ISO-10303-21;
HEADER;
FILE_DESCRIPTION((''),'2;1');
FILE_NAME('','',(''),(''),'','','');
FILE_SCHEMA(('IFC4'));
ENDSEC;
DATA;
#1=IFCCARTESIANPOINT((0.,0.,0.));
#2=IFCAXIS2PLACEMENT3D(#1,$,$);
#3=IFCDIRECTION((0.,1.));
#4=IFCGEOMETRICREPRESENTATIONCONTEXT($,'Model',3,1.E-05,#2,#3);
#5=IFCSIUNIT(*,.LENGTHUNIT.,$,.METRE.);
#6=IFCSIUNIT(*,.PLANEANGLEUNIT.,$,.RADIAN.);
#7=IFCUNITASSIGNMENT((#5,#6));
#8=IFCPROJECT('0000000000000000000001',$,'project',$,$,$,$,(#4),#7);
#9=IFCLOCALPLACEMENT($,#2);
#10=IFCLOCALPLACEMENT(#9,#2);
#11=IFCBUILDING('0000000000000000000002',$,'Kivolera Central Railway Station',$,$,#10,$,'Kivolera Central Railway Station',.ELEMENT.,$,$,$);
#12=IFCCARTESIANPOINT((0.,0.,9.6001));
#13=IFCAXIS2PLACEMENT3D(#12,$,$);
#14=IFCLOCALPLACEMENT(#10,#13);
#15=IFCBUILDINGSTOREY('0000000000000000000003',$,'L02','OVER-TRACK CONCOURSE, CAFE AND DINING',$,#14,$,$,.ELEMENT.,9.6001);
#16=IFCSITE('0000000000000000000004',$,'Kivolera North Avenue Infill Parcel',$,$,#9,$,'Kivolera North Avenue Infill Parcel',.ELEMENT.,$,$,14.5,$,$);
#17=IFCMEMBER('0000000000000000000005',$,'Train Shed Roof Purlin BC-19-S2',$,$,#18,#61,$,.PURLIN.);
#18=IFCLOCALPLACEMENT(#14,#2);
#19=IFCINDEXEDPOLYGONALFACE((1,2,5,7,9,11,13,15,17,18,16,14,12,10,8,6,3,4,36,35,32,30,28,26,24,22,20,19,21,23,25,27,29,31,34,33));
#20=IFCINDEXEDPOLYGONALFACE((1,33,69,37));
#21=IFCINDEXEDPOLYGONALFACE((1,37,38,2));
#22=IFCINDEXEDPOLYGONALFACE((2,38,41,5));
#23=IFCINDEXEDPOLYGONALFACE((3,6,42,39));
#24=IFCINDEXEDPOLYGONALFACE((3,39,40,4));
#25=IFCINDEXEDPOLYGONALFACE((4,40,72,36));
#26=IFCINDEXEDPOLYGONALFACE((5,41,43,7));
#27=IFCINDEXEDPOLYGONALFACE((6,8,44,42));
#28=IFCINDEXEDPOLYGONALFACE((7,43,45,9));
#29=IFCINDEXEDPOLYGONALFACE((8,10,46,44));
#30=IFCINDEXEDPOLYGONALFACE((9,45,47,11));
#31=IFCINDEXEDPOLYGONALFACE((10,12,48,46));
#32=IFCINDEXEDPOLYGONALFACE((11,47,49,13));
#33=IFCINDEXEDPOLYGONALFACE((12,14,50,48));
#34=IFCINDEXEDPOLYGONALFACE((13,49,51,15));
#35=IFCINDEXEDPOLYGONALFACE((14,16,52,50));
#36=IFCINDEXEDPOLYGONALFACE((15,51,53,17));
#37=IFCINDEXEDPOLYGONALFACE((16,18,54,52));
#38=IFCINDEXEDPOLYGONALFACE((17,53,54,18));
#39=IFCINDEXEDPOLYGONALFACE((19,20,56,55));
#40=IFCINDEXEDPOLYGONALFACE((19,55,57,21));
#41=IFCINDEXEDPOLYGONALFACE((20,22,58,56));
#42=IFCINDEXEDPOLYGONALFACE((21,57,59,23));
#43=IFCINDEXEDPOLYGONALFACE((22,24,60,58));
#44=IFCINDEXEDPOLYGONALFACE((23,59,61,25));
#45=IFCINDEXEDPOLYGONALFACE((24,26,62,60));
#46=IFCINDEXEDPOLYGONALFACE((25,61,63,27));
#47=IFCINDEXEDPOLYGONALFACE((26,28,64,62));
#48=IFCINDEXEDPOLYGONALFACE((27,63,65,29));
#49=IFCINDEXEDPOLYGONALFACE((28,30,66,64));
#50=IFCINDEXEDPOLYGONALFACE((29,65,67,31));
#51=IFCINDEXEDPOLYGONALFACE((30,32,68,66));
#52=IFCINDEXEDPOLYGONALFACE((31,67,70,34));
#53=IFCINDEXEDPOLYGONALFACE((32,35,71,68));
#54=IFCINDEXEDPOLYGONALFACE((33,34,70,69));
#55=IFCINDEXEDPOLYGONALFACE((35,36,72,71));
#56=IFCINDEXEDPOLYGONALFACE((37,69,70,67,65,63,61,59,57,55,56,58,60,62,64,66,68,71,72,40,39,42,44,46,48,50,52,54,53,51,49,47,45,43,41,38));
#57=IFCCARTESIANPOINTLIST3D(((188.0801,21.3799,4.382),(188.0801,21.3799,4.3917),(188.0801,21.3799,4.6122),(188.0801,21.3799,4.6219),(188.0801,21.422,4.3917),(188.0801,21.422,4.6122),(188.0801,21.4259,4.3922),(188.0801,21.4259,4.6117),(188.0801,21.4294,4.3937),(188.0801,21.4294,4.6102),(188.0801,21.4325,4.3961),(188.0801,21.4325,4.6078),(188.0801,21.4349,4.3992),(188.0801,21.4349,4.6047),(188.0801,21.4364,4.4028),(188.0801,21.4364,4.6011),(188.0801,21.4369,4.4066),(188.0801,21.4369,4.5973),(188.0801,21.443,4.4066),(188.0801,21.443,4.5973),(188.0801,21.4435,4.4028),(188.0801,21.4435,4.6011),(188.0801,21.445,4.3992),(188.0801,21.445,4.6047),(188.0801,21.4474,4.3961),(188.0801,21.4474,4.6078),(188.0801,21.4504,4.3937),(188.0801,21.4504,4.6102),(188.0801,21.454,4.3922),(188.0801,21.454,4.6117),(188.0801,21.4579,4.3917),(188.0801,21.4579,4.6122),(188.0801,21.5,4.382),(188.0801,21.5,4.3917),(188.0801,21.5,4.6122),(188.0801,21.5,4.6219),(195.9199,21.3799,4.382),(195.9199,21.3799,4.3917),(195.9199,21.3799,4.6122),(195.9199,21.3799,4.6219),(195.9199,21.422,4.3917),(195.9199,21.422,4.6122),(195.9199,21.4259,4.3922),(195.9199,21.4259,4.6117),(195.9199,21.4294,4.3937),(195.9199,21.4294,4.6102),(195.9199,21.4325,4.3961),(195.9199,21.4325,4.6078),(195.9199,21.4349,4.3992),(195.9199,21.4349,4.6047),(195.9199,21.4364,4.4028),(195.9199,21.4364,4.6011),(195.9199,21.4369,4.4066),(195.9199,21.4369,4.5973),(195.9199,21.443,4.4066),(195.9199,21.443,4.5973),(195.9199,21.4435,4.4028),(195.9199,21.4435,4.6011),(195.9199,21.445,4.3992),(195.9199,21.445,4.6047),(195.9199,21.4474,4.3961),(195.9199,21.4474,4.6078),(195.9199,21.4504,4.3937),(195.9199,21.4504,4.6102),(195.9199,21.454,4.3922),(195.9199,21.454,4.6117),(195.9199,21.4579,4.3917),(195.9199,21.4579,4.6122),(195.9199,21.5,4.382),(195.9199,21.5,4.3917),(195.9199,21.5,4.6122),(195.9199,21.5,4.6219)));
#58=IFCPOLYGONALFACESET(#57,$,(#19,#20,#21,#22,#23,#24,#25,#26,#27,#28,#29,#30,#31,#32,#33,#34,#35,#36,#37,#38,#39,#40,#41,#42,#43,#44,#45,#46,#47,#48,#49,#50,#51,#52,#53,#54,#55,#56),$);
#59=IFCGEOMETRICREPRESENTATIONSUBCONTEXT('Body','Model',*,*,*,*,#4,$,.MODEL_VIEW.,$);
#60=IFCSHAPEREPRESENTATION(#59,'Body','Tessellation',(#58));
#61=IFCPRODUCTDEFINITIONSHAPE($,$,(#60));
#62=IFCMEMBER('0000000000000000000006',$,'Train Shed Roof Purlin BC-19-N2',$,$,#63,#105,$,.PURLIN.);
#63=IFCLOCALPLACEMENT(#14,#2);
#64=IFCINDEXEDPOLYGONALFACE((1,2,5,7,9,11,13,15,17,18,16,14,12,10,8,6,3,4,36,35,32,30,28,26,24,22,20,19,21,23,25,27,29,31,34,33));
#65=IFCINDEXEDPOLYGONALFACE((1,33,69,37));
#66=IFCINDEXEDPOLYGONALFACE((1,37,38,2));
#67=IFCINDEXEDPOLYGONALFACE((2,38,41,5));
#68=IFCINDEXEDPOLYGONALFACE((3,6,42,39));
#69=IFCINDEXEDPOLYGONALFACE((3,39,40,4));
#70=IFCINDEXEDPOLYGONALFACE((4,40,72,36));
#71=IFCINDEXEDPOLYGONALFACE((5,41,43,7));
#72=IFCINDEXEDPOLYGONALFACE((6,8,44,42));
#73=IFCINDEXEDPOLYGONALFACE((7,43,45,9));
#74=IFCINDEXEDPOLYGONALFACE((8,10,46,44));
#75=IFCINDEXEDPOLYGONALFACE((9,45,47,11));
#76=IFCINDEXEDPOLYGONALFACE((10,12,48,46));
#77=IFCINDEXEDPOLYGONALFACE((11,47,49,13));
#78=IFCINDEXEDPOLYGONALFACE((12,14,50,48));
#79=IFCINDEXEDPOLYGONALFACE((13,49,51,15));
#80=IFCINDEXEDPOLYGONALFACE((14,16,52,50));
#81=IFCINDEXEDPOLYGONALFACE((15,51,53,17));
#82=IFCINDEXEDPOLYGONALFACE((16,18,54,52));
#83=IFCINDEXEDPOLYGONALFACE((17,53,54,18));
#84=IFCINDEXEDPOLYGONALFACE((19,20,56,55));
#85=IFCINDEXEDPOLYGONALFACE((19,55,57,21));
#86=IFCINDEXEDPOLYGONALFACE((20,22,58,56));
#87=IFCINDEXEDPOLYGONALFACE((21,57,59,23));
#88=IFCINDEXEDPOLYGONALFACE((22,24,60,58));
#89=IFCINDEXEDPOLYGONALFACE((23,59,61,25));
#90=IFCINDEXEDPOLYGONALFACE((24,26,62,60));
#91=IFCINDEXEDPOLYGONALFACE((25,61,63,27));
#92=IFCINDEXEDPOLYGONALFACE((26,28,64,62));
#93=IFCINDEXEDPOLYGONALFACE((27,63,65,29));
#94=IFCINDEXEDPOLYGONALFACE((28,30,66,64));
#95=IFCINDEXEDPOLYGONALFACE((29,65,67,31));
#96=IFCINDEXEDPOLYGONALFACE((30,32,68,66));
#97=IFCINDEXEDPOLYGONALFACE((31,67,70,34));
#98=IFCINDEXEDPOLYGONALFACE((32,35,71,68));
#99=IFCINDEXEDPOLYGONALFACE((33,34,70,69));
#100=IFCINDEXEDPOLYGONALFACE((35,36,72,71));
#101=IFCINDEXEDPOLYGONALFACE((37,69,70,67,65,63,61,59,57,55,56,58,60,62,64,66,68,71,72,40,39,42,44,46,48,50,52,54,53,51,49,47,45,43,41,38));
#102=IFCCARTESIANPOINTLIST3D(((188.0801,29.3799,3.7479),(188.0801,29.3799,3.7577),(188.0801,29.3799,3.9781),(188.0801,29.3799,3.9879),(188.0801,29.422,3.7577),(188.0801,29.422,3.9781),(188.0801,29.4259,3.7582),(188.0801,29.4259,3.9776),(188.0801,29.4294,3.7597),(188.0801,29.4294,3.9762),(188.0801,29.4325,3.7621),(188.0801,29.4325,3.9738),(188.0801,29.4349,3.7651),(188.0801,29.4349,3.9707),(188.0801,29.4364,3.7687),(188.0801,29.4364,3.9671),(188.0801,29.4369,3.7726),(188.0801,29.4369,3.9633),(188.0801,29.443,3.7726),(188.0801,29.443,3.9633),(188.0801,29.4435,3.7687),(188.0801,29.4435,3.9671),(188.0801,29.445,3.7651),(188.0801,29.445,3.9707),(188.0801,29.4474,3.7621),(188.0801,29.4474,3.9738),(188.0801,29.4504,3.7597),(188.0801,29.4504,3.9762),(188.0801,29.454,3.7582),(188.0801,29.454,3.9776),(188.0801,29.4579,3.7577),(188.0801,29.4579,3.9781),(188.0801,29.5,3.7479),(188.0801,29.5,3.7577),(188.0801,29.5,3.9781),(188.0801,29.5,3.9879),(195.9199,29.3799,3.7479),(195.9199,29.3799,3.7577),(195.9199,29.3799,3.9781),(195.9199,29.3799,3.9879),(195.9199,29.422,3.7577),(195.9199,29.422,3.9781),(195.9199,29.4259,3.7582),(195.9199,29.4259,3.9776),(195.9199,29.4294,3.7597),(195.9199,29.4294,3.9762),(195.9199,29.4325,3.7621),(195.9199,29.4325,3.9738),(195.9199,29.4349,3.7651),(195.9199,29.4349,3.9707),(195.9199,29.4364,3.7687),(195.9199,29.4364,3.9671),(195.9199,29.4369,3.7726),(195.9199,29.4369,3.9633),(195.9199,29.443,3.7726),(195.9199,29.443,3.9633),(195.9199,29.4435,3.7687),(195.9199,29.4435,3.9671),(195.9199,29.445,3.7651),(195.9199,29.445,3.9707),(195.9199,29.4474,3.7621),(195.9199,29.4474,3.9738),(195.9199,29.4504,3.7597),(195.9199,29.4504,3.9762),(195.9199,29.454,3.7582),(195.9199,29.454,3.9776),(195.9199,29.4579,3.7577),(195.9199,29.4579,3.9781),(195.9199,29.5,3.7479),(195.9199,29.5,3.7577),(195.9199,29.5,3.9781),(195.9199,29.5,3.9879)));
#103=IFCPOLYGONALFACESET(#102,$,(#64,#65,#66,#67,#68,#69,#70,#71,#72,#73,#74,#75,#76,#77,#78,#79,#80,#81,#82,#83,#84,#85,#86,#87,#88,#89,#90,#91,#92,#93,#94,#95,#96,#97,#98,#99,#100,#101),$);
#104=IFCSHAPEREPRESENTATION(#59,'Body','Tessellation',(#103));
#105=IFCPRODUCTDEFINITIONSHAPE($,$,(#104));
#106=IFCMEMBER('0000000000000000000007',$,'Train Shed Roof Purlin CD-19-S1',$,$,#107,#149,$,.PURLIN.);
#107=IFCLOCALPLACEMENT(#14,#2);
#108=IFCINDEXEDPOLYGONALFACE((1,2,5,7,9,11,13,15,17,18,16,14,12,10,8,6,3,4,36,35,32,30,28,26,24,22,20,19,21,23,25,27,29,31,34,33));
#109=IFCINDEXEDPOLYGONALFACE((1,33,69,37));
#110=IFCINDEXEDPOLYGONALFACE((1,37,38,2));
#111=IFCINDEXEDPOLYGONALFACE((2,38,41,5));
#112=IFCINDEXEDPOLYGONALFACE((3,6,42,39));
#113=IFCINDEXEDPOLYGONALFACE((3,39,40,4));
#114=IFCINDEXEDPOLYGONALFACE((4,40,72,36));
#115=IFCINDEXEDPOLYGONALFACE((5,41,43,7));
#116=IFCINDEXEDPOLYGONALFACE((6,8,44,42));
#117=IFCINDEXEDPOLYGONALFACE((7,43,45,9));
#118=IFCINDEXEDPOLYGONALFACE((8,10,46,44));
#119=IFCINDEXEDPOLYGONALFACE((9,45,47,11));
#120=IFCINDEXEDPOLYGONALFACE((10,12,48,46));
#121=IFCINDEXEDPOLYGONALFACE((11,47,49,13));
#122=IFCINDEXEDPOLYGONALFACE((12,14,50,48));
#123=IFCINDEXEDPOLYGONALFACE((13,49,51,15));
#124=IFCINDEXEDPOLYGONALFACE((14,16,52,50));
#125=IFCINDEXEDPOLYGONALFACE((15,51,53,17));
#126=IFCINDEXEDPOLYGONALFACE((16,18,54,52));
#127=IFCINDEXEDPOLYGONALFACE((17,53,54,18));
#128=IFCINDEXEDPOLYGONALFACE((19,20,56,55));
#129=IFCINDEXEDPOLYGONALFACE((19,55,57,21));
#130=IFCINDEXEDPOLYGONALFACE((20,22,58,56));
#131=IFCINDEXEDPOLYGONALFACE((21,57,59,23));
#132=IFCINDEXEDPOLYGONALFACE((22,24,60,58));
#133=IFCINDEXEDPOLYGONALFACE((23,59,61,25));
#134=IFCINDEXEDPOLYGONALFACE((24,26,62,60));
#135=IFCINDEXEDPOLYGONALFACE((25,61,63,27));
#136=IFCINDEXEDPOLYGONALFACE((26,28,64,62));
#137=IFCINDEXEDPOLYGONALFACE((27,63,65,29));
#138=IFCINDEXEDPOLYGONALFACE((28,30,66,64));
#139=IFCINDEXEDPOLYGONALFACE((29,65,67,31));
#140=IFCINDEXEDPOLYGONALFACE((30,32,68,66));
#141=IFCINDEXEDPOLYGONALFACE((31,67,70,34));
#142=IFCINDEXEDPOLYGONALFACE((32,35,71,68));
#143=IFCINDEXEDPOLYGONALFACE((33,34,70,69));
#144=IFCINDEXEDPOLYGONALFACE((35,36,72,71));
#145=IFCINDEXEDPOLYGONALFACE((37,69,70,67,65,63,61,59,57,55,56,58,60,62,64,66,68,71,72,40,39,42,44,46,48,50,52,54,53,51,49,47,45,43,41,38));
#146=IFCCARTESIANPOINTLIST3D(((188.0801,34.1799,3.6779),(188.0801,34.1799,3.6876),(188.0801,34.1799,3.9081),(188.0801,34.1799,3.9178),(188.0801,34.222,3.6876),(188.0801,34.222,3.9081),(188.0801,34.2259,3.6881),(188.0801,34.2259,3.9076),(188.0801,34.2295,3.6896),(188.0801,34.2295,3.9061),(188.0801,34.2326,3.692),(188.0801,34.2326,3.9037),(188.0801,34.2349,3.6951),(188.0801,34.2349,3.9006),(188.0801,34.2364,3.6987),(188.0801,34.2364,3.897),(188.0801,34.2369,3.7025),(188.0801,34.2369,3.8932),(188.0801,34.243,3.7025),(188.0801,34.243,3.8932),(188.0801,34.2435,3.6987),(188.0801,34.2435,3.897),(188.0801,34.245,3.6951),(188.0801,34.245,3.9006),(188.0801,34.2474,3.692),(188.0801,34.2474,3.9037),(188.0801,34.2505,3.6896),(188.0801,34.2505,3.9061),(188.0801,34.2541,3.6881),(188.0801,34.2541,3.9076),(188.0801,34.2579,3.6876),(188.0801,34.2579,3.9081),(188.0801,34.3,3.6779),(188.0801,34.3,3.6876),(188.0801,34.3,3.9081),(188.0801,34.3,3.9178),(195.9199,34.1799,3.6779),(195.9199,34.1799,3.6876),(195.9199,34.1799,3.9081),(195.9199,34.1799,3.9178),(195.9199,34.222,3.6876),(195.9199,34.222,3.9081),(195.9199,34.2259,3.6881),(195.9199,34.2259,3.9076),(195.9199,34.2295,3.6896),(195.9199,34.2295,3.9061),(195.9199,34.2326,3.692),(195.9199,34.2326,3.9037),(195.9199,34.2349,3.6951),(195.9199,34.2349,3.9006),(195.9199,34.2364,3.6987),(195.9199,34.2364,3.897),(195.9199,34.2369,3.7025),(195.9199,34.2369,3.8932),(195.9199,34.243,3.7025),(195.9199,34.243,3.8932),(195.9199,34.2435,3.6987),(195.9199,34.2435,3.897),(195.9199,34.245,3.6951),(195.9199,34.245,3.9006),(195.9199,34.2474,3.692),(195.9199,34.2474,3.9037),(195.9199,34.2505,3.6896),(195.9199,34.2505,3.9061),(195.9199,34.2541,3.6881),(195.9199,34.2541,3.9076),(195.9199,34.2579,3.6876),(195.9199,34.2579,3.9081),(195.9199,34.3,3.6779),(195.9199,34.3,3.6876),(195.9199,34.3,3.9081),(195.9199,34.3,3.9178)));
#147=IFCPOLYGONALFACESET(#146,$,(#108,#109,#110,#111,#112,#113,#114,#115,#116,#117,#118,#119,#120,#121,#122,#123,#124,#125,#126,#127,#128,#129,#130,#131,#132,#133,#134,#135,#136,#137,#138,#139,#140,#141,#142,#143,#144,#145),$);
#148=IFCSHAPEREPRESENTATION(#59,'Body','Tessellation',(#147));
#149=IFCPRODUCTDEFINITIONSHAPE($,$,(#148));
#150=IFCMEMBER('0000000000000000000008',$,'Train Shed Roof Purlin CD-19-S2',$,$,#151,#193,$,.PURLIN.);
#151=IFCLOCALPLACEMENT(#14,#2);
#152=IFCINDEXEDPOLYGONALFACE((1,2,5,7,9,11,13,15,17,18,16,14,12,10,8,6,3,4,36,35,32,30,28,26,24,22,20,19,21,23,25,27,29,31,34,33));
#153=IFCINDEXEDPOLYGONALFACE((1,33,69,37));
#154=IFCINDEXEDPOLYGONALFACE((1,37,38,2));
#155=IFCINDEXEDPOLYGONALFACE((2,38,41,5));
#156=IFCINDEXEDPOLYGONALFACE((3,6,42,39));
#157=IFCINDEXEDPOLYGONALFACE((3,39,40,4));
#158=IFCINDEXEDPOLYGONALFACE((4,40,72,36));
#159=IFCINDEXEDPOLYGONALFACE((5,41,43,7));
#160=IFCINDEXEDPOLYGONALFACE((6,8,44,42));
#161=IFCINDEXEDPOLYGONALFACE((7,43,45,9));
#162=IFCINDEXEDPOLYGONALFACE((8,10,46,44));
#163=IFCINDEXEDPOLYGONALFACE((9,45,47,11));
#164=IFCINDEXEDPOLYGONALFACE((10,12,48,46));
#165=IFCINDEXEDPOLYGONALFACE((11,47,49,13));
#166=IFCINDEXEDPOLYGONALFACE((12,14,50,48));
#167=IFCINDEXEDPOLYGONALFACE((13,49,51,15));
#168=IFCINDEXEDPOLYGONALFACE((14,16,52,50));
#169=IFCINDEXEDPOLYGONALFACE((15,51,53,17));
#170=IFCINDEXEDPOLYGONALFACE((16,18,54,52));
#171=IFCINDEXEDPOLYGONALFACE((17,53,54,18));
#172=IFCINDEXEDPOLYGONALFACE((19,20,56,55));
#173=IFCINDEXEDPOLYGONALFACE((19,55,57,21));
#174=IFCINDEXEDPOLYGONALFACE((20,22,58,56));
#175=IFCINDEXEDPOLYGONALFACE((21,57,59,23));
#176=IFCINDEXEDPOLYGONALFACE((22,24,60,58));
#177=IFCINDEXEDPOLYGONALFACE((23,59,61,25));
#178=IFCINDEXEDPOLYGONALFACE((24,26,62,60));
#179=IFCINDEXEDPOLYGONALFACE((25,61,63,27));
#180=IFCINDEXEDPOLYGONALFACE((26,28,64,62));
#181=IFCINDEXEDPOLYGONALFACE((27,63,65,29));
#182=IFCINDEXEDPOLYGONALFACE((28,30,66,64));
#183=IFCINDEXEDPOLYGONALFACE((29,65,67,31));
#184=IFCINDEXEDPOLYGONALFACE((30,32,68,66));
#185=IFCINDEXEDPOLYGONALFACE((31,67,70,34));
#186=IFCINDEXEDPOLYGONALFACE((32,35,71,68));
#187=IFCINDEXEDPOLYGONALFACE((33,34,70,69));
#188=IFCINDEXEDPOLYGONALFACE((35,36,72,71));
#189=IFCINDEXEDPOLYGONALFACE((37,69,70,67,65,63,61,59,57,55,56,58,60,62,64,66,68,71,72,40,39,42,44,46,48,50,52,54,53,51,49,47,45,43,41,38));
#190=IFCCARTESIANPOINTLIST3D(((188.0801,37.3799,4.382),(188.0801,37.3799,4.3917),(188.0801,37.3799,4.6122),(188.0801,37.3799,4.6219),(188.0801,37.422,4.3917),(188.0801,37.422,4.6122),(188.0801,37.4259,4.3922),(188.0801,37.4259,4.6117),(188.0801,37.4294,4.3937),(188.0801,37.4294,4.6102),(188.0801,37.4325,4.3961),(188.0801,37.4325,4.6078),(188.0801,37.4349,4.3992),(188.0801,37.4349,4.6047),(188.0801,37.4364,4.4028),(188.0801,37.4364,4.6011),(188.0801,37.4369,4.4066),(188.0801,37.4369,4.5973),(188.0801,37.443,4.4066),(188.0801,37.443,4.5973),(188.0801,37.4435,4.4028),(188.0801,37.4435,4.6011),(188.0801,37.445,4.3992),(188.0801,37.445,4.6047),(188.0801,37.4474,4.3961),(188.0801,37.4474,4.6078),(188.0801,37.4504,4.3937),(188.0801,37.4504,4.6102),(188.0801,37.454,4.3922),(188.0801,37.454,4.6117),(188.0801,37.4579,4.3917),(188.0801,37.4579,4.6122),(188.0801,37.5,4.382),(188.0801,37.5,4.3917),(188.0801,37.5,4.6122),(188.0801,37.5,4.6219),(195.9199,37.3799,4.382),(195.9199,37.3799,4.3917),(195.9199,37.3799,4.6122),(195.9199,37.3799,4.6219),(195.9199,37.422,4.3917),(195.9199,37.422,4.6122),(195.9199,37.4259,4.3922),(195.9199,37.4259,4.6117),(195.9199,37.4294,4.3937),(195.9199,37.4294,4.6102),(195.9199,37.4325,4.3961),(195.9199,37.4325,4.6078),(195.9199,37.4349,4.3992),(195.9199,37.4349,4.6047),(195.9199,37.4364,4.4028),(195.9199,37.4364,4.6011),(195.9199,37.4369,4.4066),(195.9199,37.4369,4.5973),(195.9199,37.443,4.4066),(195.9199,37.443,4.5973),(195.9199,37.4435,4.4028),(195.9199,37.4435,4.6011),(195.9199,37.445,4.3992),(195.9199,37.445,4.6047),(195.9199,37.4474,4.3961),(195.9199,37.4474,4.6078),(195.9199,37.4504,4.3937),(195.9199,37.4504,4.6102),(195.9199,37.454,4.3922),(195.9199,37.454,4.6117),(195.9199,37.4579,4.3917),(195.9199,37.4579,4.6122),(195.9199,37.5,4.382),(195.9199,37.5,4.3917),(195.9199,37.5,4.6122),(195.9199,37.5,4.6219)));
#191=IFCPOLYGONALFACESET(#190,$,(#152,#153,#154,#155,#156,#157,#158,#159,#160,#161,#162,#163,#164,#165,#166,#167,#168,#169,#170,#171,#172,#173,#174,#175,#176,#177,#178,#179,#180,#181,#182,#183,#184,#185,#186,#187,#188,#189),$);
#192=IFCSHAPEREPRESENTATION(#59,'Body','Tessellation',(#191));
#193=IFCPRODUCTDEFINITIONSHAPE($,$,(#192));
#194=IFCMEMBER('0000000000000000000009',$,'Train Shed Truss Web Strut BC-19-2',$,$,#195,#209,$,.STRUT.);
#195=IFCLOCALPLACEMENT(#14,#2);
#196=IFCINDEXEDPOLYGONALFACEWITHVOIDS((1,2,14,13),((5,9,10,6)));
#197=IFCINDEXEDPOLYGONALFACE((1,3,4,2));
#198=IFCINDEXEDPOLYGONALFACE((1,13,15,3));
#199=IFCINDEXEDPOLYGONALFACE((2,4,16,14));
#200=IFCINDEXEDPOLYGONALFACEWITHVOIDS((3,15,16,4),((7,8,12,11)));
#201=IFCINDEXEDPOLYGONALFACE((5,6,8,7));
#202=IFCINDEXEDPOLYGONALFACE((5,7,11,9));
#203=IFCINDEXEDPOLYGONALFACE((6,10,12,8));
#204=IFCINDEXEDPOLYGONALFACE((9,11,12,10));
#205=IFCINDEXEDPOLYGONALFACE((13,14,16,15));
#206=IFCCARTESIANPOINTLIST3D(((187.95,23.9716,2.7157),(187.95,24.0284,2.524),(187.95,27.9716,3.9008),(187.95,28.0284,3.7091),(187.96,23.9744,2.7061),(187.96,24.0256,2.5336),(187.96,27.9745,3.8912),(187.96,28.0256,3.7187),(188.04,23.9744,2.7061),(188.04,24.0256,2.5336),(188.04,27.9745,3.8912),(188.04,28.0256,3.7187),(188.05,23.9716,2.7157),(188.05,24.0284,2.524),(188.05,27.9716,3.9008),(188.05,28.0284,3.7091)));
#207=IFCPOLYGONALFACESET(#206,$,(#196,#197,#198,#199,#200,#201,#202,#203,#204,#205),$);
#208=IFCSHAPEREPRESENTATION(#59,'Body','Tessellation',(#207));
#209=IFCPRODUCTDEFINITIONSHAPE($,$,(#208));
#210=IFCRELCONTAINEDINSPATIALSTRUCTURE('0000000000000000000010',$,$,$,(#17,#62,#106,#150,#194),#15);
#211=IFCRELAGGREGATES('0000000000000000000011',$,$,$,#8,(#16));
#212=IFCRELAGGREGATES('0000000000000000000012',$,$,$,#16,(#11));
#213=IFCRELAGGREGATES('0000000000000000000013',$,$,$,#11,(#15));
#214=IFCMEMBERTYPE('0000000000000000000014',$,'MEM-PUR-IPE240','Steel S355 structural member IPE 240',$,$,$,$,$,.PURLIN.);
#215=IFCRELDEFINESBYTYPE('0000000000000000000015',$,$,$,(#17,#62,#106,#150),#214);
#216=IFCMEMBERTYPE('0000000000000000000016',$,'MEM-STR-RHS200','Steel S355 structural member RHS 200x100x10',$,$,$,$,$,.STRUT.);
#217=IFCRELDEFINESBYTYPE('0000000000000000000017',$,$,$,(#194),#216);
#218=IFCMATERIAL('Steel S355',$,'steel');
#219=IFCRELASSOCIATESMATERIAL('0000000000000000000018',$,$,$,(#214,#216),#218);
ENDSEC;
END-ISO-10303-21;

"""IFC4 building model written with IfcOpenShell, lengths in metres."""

from ifc_helpers import new_model, si_unit, direction, frame, origin, origin_2d, place, context, subcontext, project, spatial, hollow_rectangle, i_section, extrude, material, material_profile, profile_set, type_object, element, save


model = new_model("IFC4")

# Units and contexts
model_context = context("Model", 3, precision=1e-05, world=origin(), true_north=direction((0.0, 1.0)))
body_context = subcontext(model_context, "Body", "Model", "MODEL_VIEW")
ifc_project = project(units=[si_unit("LENGTHUNIT", "METRE"), si_unit("PLANEANGLEUNIT", "RADIAN")], contexts=[model_context])

# Site, building, storey
site_placement = place(None, origin())
site = spatial("IfcSite", under=ifc_project, at=site_placement, Name="Kivolera North Avenue Infill Parcel", LongName="Kivolera North Avenue Infill Parcel", CompositionType="ELEMENT", RefElevation=14.5)
building_placement = place(site_placement, origin())
building = spatial("IfcBuilding", under=site, at=building_placement, Name="Kivolera Central Railway Station", LongName="Kivolera Central Railway Station", CompositionType="ELEMENT")
storey_placement = place(building_placement, frame((0.0, 0.0, 9.6001)))
storey = spatial("IfcBuildingStorey", under=building, at=storey_placement, Name="L02", Description="OVER-TRACK CONCOURSE, CAFE AND DINING", CompositionType="ELEMENT", Elevation=9.6001)

# Shared definitions
ifc_material_1 = material(Name="Steel S355", Category="steel")

# Members
ifc_material_profile_1 = material_profile(ifc_material_1, i_section(OverallWidth=0.1201, OverallDepth=0.24, WebThickness=0.0061, FlangeThickness=0.0098, FilletRadius=0.0149, at=origin_2d()), Name="IPE 240")
ifc_profile_set_1 = profile_set([ifc_material_profile_1], Name="Steel S355")
member_type_1 = type_object("IfcMemberType", Name="MEM-PUR-IPE240", Description="Steel S355 structural member IPE 240", PredefinedType="PURLIN", material=ifc_profile_set_1)
for number, where, z_axis, x_axis, name in (
    (1, (188.0801, 21.4399, 4.502), (1.0, 0.0, 0.0), (0.0, 1.0, 0.0), "Train Shed Roof Purlin BC-19-S2"),
    (2, (188.0801, 29.4399, 3.8679), (1.0, 0.0, 0.0), (0.0, 1.0, 0.0), "Train Shed Roof Purlin BC-19-N2"),
    (3, (188.0801, 34.24, 3.7979), (1.0, 0.0, 0.0), (0.0, 1.0, 0.0), "Train Shed Roof Purlin CD-19-S1"),
    (4, (188.0801, 37.4399, 4.502), (1.0, 0.0, 0.0), (0.0, 1.0, 0.0), "Train Shed Roof Purlin CD-19-S2"),
):
    element("IfcMember", number, at=place(storey_placement, frame(where, z_axis=z_axis, x_axis=x_axis)), inside=storey, type_object=member_type_1, Name=name, PredefinedType="PURLIN", context=body_context, shape_type="SweptSolid", body=[
        extrude(i_section(OverallWidth=0.1201, OverallDepth=0.24, WebThickness=0.0061, FlangeThickness=0.0098, FilletRadius=0.0149, at=origin_2d()), origin(), (0.0, 0.0, 1.0), 7.8398),
    ])
ifc_material_profile_2 = material_profile(ifc_material_1, hollow_rectangle(XDim=0.1001, YDim=0.2, WallThickness=0.01, at=origin_2d()), Name="RHS 200x100x10")
ifc_profile_set_2 = profile_set([ifc_material_profile_2], Name="Steel S355")
member_type_2 = type_object("IfcMemberType", Name="MEM-STR-RHS200", Description="Steel S355 structural member RHS 200x100x10", PredefinedType="STRUT", material=ifc_profile_set_2)
for number, where, z_axis, x_axis, name in (
    (5, (188.0, 24.0, 2.6199), (0.0, 0.958806, 0.28406), (-1.0, 0.0, 0.0), "Train Shed Truss Web Strut BC-19-2"),
):
    element("IfcMember", number, at=place(storey_placement, frame(where, z_axis=z_axis, x_axis=x_axis)), inside=storey, type_object=member_type_2, Name=name, PredefinedType="STRUT", context=body_context, shape_type="SweptSolid", body=[
        extrude(hollow_rectangle(XDim=0.1001, YDim=0.2, WallThickness=0.01, at=origin_2d()), origin(), (0.0, 0.0, 1.0), 4.1719),
    ])

save(model, "model.ifc")
